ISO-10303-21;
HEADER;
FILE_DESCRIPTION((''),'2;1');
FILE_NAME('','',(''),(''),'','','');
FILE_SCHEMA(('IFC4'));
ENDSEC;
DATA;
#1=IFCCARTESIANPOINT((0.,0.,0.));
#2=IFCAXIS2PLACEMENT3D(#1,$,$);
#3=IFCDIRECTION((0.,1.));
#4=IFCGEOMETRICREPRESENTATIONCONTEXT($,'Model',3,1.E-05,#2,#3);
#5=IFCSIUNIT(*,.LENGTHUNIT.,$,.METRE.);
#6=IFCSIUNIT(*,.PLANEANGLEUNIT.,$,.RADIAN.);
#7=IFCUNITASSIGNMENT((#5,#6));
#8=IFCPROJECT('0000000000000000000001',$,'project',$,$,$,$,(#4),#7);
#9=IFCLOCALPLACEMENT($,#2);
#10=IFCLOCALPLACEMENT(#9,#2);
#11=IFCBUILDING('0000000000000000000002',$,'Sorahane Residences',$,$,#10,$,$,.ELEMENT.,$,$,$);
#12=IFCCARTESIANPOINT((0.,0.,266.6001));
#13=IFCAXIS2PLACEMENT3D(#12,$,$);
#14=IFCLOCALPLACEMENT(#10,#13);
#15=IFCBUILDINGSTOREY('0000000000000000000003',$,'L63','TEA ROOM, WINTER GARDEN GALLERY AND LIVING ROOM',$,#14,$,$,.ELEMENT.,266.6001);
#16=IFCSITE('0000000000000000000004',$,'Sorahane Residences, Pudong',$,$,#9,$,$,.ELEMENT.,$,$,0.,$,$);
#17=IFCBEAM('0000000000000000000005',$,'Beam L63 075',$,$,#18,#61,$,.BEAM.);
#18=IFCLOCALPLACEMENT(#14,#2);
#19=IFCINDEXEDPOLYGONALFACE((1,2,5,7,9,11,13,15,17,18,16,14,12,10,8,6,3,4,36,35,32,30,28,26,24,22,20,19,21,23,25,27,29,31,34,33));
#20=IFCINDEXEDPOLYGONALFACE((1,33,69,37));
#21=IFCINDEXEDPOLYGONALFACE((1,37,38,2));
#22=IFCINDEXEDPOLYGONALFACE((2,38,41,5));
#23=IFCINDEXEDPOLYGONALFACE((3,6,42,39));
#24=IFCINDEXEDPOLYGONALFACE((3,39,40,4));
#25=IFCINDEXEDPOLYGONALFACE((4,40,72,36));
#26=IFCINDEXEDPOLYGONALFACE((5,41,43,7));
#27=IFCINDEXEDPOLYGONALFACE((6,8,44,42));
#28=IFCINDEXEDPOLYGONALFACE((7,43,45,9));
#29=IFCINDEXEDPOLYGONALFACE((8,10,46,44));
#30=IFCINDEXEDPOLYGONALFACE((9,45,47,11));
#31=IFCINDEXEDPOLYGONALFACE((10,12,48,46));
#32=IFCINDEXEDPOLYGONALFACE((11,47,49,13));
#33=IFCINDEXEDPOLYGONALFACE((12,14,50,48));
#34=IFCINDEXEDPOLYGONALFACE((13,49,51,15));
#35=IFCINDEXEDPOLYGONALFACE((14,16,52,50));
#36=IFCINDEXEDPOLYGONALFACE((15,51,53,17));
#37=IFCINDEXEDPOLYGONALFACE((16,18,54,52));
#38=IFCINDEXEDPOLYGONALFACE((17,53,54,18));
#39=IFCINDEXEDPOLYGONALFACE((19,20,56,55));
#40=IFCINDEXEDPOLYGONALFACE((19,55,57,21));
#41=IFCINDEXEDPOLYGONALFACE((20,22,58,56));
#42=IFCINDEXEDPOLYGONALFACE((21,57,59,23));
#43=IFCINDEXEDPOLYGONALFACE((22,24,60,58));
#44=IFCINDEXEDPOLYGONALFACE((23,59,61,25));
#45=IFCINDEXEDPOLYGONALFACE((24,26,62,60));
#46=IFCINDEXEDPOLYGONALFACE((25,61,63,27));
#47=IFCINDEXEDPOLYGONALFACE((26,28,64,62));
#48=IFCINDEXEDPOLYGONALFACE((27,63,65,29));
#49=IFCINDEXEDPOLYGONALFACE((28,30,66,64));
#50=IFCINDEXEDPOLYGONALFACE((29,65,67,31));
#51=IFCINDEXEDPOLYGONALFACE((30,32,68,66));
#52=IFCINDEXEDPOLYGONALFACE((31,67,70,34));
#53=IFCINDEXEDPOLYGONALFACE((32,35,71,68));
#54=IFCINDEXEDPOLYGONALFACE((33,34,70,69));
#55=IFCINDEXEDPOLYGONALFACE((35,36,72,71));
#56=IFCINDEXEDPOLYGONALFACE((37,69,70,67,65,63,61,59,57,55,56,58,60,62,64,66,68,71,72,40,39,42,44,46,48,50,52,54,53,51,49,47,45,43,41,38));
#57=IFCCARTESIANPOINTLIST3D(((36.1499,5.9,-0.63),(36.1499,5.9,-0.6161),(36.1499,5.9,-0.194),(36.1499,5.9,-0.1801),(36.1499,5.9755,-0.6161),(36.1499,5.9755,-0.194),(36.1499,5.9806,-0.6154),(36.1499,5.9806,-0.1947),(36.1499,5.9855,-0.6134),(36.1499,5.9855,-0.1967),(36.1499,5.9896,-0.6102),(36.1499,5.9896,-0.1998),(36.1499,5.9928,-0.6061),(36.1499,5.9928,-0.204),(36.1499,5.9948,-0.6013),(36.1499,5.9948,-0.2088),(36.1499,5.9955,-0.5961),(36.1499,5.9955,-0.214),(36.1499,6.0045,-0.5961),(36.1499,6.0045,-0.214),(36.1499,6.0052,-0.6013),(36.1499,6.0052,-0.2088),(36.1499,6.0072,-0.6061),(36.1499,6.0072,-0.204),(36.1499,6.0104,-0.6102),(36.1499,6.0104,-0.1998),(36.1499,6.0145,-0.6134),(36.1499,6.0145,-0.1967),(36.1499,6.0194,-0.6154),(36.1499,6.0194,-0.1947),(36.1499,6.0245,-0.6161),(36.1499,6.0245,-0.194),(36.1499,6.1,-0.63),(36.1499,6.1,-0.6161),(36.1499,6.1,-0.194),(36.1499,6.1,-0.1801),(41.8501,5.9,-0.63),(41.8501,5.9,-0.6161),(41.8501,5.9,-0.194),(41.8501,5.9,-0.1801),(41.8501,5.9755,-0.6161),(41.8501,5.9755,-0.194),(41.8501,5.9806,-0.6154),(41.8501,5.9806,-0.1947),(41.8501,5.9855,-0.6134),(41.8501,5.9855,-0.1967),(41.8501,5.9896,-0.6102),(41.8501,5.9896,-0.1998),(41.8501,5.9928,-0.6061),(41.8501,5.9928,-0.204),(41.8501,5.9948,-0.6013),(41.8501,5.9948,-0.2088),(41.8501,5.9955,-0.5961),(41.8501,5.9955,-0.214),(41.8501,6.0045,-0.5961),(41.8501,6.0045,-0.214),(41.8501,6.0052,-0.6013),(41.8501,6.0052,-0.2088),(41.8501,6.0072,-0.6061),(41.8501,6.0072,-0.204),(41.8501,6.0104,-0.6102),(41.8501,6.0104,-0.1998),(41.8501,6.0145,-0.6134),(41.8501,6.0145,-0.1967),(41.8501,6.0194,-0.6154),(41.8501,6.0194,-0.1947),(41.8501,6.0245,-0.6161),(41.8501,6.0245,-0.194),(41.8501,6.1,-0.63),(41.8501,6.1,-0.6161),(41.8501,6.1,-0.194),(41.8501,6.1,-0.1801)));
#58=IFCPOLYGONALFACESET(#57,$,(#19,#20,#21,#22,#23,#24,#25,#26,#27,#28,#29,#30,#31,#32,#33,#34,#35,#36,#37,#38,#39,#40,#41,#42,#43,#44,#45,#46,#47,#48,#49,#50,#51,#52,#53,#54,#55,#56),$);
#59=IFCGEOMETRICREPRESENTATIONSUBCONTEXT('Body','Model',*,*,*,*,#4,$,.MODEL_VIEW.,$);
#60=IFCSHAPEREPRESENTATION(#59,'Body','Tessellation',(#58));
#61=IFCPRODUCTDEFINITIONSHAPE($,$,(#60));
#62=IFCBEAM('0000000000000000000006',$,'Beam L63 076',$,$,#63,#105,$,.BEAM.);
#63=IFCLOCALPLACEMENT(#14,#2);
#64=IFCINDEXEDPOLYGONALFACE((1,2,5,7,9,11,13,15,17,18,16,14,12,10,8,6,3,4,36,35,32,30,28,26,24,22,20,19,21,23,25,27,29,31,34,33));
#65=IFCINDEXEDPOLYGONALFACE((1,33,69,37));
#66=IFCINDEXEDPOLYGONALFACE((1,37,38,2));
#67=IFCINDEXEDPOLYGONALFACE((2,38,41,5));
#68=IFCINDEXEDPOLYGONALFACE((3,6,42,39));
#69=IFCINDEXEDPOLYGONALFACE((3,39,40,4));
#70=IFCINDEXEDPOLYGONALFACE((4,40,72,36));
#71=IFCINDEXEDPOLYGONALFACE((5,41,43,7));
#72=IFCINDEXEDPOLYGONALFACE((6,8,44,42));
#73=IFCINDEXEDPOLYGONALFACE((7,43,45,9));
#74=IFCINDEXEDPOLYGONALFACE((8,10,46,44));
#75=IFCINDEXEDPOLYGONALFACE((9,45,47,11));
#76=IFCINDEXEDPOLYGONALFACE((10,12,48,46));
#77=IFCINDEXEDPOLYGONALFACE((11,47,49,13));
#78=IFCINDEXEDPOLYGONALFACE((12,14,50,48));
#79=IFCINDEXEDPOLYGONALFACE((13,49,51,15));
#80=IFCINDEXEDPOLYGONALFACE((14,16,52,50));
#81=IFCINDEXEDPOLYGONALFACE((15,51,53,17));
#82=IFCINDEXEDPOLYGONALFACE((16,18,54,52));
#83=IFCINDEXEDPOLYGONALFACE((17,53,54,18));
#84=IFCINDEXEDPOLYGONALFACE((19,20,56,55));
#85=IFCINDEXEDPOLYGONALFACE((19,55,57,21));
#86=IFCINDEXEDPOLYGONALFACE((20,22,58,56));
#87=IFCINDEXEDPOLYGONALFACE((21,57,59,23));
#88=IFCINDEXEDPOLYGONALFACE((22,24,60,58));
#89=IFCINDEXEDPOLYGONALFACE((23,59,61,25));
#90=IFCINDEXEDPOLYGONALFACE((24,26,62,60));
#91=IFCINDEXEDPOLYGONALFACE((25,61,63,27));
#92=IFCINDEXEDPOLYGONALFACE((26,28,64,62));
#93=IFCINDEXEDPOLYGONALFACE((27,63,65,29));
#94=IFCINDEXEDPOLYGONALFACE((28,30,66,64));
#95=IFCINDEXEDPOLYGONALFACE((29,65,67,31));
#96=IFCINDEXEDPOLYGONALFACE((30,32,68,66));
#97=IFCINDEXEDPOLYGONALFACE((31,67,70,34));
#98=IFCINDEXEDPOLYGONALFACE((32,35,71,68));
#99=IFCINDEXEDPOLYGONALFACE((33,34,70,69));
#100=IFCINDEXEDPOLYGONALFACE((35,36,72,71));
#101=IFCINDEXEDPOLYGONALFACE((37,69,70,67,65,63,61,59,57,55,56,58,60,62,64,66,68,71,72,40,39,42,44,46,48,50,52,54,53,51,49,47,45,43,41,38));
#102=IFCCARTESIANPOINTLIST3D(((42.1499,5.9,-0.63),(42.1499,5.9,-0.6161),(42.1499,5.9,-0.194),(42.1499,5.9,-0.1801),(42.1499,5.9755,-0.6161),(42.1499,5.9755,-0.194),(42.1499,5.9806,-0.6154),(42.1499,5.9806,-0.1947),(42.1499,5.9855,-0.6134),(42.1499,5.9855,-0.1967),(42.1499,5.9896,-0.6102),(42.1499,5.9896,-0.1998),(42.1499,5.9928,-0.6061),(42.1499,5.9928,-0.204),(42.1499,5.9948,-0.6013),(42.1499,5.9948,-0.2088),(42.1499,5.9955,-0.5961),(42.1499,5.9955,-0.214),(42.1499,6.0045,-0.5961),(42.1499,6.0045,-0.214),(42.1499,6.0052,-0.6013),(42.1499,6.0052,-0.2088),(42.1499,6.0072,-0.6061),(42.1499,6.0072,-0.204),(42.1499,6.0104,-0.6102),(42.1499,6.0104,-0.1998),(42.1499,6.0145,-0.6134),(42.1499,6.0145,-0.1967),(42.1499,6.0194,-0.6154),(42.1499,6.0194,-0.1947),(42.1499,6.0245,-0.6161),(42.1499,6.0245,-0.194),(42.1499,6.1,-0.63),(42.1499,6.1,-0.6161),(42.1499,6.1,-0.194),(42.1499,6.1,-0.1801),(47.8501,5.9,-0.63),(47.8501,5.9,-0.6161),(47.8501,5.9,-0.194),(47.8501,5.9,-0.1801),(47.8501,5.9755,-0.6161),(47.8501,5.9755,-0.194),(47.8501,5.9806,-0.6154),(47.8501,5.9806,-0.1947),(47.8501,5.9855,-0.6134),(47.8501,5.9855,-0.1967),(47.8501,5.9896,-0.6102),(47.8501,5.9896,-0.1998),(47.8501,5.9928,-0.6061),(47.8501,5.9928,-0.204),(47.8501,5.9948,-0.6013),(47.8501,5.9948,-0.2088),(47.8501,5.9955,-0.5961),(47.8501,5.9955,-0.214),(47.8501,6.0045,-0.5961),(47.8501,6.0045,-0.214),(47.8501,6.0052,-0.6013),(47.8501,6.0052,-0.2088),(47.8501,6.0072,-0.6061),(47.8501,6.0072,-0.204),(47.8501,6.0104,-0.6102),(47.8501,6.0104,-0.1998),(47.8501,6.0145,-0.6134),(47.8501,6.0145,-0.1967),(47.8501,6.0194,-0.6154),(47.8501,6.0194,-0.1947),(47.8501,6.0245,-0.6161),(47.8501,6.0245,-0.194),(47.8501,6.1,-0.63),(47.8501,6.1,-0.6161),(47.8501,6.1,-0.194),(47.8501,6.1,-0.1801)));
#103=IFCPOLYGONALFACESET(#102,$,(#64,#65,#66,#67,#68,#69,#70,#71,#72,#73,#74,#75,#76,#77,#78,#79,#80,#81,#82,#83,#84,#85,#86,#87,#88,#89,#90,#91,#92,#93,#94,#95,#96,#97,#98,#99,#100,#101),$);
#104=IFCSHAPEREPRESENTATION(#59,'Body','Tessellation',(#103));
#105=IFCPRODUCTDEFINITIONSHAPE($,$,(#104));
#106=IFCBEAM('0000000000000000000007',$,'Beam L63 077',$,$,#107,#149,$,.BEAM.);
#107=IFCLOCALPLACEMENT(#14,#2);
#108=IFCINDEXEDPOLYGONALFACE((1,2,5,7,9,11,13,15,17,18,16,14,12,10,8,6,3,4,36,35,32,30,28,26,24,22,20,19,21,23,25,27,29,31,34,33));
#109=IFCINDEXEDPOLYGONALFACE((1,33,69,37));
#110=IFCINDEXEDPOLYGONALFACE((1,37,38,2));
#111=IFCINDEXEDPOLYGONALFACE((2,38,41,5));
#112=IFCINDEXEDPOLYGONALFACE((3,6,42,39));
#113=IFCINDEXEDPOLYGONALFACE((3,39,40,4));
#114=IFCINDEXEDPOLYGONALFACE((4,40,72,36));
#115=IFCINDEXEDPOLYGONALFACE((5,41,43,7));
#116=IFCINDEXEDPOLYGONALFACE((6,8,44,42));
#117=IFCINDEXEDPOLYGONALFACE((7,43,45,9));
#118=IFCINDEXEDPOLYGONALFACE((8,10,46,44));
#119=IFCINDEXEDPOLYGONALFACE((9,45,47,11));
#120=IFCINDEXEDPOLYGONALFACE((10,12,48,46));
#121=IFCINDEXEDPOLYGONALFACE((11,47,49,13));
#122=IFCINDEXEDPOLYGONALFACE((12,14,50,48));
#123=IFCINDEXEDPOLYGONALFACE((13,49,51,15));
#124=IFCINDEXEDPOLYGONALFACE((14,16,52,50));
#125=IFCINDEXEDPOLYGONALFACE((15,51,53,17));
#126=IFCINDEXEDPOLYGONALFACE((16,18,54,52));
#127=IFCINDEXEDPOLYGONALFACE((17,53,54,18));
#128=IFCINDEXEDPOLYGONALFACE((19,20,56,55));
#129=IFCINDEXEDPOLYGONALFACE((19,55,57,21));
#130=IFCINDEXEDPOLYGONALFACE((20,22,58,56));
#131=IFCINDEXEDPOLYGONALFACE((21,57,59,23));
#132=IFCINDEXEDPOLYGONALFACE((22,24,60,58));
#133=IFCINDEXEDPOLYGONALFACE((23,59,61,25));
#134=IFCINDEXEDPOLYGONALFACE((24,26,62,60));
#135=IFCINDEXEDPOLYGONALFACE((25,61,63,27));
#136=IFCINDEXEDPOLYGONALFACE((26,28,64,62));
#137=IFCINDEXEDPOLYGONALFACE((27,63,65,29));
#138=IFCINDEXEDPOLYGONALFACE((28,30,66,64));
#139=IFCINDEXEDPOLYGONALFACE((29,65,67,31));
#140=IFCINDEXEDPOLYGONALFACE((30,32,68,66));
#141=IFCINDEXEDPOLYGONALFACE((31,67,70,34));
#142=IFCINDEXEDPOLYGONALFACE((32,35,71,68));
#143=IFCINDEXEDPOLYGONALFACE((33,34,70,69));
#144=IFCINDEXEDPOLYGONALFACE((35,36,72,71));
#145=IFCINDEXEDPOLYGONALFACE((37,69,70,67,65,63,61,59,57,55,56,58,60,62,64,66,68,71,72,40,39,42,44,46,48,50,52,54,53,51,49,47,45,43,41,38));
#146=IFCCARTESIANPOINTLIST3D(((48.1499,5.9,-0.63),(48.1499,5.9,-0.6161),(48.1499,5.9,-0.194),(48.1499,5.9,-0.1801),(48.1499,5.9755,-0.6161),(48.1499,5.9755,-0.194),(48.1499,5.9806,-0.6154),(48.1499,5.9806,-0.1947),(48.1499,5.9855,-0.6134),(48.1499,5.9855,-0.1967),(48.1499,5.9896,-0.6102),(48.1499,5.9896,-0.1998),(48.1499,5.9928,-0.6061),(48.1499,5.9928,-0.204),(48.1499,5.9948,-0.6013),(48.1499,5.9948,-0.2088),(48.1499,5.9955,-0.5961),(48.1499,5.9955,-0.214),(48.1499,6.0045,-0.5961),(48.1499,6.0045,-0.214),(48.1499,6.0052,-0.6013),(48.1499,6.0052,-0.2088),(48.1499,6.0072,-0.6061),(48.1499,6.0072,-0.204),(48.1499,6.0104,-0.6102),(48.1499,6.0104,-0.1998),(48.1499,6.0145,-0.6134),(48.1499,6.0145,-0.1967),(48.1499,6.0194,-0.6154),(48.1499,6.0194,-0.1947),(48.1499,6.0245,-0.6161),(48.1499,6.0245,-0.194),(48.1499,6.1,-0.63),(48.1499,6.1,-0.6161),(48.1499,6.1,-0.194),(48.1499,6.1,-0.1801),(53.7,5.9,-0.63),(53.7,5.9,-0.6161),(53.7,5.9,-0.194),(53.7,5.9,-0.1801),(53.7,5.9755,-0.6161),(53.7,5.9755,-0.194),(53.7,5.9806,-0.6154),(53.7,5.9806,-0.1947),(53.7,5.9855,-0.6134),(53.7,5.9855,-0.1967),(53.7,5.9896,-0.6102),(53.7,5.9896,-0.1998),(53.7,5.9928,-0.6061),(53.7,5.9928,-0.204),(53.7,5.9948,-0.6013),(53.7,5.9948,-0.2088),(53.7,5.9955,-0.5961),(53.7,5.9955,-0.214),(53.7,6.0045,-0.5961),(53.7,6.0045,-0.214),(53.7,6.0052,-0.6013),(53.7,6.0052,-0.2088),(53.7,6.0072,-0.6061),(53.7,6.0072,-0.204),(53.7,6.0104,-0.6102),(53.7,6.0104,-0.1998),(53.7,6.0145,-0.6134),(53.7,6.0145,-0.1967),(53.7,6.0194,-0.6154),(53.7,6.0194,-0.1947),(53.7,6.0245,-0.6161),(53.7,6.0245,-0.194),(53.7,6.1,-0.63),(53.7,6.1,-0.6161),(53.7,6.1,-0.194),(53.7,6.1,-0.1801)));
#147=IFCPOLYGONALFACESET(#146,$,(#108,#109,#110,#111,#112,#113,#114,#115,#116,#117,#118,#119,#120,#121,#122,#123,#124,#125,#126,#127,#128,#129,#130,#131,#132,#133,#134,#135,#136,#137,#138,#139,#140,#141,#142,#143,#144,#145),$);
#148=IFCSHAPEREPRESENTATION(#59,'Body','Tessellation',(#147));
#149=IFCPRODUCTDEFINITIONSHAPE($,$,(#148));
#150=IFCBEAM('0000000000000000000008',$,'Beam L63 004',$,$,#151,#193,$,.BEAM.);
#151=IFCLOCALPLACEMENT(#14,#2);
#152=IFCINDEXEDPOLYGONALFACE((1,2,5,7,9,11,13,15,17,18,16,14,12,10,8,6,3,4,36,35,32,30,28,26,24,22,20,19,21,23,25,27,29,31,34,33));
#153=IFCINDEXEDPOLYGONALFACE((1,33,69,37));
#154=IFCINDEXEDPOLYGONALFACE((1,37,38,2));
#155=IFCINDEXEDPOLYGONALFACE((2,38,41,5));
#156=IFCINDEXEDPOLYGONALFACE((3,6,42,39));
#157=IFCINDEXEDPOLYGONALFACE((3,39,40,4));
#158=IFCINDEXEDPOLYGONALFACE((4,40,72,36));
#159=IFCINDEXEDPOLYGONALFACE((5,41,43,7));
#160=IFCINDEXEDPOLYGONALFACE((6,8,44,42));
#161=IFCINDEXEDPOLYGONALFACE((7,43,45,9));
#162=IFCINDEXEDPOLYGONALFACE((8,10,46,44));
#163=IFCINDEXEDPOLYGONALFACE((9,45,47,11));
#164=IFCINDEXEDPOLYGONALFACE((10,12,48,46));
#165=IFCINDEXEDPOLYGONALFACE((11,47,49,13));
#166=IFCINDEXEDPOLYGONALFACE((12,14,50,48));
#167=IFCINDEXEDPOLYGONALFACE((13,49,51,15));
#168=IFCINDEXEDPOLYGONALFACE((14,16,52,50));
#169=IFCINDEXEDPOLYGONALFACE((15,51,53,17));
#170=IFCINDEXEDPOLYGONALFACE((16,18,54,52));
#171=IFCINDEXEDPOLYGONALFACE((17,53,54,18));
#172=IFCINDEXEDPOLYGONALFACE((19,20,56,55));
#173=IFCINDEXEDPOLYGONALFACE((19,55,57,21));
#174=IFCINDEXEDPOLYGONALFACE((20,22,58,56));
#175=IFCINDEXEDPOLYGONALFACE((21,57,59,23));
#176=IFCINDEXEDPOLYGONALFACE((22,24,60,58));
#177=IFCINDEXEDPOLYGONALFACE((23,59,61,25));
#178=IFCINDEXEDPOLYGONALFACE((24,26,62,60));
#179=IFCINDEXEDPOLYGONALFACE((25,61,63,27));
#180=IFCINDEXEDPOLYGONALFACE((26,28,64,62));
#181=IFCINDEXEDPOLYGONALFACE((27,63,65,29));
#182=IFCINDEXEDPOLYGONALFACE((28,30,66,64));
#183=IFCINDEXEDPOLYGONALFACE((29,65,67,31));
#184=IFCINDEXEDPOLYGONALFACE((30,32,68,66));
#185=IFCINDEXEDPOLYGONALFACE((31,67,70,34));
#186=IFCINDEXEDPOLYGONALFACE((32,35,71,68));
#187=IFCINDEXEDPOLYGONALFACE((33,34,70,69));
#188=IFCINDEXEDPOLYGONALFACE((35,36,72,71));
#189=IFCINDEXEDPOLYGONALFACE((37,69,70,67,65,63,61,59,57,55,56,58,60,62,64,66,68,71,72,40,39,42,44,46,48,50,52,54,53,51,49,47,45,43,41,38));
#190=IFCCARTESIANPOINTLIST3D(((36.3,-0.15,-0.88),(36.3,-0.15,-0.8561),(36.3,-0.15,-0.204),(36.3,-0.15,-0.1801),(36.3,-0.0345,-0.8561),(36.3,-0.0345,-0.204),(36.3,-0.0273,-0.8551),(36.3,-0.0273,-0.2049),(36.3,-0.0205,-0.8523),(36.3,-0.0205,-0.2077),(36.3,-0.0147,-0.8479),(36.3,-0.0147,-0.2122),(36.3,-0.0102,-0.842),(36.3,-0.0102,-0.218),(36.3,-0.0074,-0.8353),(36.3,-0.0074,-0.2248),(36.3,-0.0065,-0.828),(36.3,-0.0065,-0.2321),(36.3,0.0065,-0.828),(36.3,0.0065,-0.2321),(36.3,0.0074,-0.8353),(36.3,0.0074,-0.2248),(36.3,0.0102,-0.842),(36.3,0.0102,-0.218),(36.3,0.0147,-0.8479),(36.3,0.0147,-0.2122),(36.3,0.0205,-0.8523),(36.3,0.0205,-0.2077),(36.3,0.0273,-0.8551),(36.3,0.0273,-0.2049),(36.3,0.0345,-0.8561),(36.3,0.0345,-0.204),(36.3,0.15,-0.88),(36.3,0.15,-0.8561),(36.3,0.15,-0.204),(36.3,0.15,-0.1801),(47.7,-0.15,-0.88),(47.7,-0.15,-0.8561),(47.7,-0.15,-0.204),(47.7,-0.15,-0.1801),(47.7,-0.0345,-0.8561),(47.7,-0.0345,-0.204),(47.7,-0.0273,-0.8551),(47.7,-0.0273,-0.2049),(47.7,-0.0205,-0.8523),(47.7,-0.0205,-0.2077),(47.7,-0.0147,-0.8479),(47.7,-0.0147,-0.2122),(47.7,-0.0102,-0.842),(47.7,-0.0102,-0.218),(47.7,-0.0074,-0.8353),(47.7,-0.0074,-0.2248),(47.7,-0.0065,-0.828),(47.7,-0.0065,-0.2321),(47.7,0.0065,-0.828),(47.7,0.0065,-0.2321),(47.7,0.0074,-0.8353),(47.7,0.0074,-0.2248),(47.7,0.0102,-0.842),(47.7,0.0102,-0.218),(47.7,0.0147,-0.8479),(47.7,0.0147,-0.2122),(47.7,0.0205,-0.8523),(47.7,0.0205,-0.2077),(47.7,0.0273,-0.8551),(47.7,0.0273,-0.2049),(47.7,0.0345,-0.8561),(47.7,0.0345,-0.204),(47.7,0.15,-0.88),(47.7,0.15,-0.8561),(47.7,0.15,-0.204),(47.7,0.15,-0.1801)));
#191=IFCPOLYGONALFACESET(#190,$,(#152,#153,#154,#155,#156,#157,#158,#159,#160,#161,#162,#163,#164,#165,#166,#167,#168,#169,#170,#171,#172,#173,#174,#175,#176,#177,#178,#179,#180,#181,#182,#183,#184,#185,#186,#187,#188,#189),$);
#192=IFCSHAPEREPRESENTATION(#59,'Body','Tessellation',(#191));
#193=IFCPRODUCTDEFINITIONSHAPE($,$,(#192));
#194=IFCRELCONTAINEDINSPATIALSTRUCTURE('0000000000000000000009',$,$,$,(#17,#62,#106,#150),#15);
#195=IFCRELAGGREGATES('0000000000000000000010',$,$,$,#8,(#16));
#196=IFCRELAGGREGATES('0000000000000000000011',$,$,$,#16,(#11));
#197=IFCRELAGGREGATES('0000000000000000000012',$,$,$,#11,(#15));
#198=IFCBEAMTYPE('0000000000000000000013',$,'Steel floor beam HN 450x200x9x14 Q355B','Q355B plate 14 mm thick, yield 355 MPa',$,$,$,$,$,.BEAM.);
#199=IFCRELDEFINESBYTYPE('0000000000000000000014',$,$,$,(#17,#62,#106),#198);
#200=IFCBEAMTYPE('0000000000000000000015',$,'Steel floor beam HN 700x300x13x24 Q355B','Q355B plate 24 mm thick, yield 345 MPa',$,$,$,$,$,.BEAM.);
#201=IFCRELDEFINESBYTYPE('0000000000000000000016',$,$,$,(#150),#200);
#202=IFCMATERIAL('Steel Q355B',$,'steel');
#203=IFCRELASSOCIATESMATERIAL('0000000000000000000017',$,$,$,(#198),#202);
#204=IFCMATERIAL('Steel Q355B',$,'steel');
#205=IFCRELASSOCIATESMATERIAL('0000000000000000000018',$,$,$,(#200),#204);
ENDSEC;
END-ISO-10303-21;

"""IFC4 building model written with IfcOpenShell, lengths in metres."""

from ifc_helpers import new_model, si_unit, direction, frame, origin, origin_2d, place, context, subcontext, project, spatial, i_section, extrude, material, material_profile, profile_set, type_object, element, save


model = new_model("IFC4")

# Units and contexts
model_context = context("Model", 3, precision=1e-05, world=origin(), true_north=direction((0.0, 1.0)))
body_context = subcontext(model_context, "Body", "Model", "MODEL_VIEW")
ifc_project = project(units=[si_unit("LENGTHUNIT", "METRE"), si_unit("PLANEANGLEUNIT", "RADIAN")], contexts=[model_context])

# Site, building, storey
site_placement = place(None, origin())
site = spatial("IfcSite", under=ifc_project, at=site_placement, Name="Sorahane Residences, Pudong", CompositionType="ELEMENT", RefElevation=0.0)
building_placement = place(site_placement, origin())
building = spatial("IfcBuilding", under=site, at=building_placement, Name="Sorahane Residences", CompositionType="ELEMENT")
storey_placement = place(building_placement, frame((0.0, 0.0, 266.6001)))
storey = spatial("IfcBuildingStorey", under=building, at=storey_placement, Name="L63", Description="TEA ROOM, WINTER GARDEN GALLERY AND LIVING ROOM", CompositionType="ELEMENT", Elevation=266.6001)

# Beams
ifc_material_1 = material(Name="Steel Q355B", Category="steel")
ifc_material_profile_1 = material_profile(ifc_material_1, i_section(OverallWidth=0.2, OverallDepth=0.45, WebThickness=0.009, FlangeThickness=0.0139, FilletRadius=0.02, at=origin_2d()), Name="HN 450x200x9x14")
ifc_profile_set_1 = profile_set([ifc_material_profile_1], Name="Steel Q355B")
beam_type_1 = type_object("IfcBeamType", Name="Steel floor beam HN 450x200x9x14 Q355B", Description="Q355B plate 14 mm thick, yield 355 MPa", PredefinedType="BEAM", material=ifc_profile_set_1)
for number, where, z_axis, x_axis, name in (
    (1, (36.1499, 6.0, -0.405), (1.0, 0.0, 0.0), (0.0, 1.0, 0.0), "Beam L63 075"),
    (2, (42.1499, 6.0, -0.405), (1.0, 0.0, 0.0), (0.0, 1.0, 0.0), "Beam L63 076"),
):
    element("IfcBeam", number, at=place(storey_placement, frame(where, z_axis=z_axis, x_axis=x_axis)), inside=storey, type_object=beam_type_1, Name=name, PredefinedType="BEAM", context=body_context, shape_type="SweptSolid", body=[
        extrude(i_section(OverallWidth=0.2, OverallDepth=0.45, WebThickness=0.009, FlangeThickness=0.0139, FilletRadius=0.02, at=origin_2d()), origin(), (0.0, 0.0, 1.0), 5.7002),
    ])
beam_1_placement = place(storey_placement, frame((48.1499, 6.0, -0.405), z_axis=(1.0, 0.0, 0.0), x_axis=(0.0, 1.0, 0.0)))
element("IfcBeam", 3, at=beam_1_placement, inside=storey, type_object=beam_type_1, Name="Beam L63 077", PredefinedType="BEAM", context=body_context, shape_type="SweptSolid", body=[
    extrude(i_section(OverallWidth=0.2, OverallDepth=0.45, WebThickness=0.009, FlangeThickness=0.0139, FilletRadius=0.02, at=origin_2d()), origin(), (0.0, 0.0, 1.0), 5.55),
])
ifc_material_2 = material(Name="Steel Q355B", Category="steel")
ifc_material_profile_2 = material_profile(ifc_material_2, i_section(OverallWidth=0.3, OverallDepth=0.7, WebThickness=0.0129, FlangeThickness=0.0239, FilletRadius=0.0281, at=origin_2d()), Name="HN 700x300x13x24")
ifc_profile_set_2 = profile_set([ifc_material_profile_2], Name="Steel Q355B")
beam_type_2 = type_object("IfcBeamType", Name="Steel floor beam HN 700x300x13x24 Q355B", Description="Q355B plate 24 mm thick, yield 345 MPa", PredefinedType="BEAM", material=ifc_profile_set_2)
beam_2_placement = place(storey_placement, frame((36.3, 0.0, -0.53), z_axis=(1.0, 0.0, 0.0), x_axis=(0.0, 1.0, 0.0)))
element("IfcBeam", 4, at=beam_2_placement, inside=storey, type_object=beam_type_2, Name="Beam L63 004", PredefinedType="BEAM", context=body_context, shape_type="SweptSolid", body=[
    extrude(i_section(OverallWidth=0.3, OverallDepth=0.7, WebThickness=0.0129, FlangeThickness=0.0239, FilletRadius=0.0281, at=origin_2d()), origin(), (0.0, 0.0, 1.0), 11.3999),
])

save(model, "model.ifc")
